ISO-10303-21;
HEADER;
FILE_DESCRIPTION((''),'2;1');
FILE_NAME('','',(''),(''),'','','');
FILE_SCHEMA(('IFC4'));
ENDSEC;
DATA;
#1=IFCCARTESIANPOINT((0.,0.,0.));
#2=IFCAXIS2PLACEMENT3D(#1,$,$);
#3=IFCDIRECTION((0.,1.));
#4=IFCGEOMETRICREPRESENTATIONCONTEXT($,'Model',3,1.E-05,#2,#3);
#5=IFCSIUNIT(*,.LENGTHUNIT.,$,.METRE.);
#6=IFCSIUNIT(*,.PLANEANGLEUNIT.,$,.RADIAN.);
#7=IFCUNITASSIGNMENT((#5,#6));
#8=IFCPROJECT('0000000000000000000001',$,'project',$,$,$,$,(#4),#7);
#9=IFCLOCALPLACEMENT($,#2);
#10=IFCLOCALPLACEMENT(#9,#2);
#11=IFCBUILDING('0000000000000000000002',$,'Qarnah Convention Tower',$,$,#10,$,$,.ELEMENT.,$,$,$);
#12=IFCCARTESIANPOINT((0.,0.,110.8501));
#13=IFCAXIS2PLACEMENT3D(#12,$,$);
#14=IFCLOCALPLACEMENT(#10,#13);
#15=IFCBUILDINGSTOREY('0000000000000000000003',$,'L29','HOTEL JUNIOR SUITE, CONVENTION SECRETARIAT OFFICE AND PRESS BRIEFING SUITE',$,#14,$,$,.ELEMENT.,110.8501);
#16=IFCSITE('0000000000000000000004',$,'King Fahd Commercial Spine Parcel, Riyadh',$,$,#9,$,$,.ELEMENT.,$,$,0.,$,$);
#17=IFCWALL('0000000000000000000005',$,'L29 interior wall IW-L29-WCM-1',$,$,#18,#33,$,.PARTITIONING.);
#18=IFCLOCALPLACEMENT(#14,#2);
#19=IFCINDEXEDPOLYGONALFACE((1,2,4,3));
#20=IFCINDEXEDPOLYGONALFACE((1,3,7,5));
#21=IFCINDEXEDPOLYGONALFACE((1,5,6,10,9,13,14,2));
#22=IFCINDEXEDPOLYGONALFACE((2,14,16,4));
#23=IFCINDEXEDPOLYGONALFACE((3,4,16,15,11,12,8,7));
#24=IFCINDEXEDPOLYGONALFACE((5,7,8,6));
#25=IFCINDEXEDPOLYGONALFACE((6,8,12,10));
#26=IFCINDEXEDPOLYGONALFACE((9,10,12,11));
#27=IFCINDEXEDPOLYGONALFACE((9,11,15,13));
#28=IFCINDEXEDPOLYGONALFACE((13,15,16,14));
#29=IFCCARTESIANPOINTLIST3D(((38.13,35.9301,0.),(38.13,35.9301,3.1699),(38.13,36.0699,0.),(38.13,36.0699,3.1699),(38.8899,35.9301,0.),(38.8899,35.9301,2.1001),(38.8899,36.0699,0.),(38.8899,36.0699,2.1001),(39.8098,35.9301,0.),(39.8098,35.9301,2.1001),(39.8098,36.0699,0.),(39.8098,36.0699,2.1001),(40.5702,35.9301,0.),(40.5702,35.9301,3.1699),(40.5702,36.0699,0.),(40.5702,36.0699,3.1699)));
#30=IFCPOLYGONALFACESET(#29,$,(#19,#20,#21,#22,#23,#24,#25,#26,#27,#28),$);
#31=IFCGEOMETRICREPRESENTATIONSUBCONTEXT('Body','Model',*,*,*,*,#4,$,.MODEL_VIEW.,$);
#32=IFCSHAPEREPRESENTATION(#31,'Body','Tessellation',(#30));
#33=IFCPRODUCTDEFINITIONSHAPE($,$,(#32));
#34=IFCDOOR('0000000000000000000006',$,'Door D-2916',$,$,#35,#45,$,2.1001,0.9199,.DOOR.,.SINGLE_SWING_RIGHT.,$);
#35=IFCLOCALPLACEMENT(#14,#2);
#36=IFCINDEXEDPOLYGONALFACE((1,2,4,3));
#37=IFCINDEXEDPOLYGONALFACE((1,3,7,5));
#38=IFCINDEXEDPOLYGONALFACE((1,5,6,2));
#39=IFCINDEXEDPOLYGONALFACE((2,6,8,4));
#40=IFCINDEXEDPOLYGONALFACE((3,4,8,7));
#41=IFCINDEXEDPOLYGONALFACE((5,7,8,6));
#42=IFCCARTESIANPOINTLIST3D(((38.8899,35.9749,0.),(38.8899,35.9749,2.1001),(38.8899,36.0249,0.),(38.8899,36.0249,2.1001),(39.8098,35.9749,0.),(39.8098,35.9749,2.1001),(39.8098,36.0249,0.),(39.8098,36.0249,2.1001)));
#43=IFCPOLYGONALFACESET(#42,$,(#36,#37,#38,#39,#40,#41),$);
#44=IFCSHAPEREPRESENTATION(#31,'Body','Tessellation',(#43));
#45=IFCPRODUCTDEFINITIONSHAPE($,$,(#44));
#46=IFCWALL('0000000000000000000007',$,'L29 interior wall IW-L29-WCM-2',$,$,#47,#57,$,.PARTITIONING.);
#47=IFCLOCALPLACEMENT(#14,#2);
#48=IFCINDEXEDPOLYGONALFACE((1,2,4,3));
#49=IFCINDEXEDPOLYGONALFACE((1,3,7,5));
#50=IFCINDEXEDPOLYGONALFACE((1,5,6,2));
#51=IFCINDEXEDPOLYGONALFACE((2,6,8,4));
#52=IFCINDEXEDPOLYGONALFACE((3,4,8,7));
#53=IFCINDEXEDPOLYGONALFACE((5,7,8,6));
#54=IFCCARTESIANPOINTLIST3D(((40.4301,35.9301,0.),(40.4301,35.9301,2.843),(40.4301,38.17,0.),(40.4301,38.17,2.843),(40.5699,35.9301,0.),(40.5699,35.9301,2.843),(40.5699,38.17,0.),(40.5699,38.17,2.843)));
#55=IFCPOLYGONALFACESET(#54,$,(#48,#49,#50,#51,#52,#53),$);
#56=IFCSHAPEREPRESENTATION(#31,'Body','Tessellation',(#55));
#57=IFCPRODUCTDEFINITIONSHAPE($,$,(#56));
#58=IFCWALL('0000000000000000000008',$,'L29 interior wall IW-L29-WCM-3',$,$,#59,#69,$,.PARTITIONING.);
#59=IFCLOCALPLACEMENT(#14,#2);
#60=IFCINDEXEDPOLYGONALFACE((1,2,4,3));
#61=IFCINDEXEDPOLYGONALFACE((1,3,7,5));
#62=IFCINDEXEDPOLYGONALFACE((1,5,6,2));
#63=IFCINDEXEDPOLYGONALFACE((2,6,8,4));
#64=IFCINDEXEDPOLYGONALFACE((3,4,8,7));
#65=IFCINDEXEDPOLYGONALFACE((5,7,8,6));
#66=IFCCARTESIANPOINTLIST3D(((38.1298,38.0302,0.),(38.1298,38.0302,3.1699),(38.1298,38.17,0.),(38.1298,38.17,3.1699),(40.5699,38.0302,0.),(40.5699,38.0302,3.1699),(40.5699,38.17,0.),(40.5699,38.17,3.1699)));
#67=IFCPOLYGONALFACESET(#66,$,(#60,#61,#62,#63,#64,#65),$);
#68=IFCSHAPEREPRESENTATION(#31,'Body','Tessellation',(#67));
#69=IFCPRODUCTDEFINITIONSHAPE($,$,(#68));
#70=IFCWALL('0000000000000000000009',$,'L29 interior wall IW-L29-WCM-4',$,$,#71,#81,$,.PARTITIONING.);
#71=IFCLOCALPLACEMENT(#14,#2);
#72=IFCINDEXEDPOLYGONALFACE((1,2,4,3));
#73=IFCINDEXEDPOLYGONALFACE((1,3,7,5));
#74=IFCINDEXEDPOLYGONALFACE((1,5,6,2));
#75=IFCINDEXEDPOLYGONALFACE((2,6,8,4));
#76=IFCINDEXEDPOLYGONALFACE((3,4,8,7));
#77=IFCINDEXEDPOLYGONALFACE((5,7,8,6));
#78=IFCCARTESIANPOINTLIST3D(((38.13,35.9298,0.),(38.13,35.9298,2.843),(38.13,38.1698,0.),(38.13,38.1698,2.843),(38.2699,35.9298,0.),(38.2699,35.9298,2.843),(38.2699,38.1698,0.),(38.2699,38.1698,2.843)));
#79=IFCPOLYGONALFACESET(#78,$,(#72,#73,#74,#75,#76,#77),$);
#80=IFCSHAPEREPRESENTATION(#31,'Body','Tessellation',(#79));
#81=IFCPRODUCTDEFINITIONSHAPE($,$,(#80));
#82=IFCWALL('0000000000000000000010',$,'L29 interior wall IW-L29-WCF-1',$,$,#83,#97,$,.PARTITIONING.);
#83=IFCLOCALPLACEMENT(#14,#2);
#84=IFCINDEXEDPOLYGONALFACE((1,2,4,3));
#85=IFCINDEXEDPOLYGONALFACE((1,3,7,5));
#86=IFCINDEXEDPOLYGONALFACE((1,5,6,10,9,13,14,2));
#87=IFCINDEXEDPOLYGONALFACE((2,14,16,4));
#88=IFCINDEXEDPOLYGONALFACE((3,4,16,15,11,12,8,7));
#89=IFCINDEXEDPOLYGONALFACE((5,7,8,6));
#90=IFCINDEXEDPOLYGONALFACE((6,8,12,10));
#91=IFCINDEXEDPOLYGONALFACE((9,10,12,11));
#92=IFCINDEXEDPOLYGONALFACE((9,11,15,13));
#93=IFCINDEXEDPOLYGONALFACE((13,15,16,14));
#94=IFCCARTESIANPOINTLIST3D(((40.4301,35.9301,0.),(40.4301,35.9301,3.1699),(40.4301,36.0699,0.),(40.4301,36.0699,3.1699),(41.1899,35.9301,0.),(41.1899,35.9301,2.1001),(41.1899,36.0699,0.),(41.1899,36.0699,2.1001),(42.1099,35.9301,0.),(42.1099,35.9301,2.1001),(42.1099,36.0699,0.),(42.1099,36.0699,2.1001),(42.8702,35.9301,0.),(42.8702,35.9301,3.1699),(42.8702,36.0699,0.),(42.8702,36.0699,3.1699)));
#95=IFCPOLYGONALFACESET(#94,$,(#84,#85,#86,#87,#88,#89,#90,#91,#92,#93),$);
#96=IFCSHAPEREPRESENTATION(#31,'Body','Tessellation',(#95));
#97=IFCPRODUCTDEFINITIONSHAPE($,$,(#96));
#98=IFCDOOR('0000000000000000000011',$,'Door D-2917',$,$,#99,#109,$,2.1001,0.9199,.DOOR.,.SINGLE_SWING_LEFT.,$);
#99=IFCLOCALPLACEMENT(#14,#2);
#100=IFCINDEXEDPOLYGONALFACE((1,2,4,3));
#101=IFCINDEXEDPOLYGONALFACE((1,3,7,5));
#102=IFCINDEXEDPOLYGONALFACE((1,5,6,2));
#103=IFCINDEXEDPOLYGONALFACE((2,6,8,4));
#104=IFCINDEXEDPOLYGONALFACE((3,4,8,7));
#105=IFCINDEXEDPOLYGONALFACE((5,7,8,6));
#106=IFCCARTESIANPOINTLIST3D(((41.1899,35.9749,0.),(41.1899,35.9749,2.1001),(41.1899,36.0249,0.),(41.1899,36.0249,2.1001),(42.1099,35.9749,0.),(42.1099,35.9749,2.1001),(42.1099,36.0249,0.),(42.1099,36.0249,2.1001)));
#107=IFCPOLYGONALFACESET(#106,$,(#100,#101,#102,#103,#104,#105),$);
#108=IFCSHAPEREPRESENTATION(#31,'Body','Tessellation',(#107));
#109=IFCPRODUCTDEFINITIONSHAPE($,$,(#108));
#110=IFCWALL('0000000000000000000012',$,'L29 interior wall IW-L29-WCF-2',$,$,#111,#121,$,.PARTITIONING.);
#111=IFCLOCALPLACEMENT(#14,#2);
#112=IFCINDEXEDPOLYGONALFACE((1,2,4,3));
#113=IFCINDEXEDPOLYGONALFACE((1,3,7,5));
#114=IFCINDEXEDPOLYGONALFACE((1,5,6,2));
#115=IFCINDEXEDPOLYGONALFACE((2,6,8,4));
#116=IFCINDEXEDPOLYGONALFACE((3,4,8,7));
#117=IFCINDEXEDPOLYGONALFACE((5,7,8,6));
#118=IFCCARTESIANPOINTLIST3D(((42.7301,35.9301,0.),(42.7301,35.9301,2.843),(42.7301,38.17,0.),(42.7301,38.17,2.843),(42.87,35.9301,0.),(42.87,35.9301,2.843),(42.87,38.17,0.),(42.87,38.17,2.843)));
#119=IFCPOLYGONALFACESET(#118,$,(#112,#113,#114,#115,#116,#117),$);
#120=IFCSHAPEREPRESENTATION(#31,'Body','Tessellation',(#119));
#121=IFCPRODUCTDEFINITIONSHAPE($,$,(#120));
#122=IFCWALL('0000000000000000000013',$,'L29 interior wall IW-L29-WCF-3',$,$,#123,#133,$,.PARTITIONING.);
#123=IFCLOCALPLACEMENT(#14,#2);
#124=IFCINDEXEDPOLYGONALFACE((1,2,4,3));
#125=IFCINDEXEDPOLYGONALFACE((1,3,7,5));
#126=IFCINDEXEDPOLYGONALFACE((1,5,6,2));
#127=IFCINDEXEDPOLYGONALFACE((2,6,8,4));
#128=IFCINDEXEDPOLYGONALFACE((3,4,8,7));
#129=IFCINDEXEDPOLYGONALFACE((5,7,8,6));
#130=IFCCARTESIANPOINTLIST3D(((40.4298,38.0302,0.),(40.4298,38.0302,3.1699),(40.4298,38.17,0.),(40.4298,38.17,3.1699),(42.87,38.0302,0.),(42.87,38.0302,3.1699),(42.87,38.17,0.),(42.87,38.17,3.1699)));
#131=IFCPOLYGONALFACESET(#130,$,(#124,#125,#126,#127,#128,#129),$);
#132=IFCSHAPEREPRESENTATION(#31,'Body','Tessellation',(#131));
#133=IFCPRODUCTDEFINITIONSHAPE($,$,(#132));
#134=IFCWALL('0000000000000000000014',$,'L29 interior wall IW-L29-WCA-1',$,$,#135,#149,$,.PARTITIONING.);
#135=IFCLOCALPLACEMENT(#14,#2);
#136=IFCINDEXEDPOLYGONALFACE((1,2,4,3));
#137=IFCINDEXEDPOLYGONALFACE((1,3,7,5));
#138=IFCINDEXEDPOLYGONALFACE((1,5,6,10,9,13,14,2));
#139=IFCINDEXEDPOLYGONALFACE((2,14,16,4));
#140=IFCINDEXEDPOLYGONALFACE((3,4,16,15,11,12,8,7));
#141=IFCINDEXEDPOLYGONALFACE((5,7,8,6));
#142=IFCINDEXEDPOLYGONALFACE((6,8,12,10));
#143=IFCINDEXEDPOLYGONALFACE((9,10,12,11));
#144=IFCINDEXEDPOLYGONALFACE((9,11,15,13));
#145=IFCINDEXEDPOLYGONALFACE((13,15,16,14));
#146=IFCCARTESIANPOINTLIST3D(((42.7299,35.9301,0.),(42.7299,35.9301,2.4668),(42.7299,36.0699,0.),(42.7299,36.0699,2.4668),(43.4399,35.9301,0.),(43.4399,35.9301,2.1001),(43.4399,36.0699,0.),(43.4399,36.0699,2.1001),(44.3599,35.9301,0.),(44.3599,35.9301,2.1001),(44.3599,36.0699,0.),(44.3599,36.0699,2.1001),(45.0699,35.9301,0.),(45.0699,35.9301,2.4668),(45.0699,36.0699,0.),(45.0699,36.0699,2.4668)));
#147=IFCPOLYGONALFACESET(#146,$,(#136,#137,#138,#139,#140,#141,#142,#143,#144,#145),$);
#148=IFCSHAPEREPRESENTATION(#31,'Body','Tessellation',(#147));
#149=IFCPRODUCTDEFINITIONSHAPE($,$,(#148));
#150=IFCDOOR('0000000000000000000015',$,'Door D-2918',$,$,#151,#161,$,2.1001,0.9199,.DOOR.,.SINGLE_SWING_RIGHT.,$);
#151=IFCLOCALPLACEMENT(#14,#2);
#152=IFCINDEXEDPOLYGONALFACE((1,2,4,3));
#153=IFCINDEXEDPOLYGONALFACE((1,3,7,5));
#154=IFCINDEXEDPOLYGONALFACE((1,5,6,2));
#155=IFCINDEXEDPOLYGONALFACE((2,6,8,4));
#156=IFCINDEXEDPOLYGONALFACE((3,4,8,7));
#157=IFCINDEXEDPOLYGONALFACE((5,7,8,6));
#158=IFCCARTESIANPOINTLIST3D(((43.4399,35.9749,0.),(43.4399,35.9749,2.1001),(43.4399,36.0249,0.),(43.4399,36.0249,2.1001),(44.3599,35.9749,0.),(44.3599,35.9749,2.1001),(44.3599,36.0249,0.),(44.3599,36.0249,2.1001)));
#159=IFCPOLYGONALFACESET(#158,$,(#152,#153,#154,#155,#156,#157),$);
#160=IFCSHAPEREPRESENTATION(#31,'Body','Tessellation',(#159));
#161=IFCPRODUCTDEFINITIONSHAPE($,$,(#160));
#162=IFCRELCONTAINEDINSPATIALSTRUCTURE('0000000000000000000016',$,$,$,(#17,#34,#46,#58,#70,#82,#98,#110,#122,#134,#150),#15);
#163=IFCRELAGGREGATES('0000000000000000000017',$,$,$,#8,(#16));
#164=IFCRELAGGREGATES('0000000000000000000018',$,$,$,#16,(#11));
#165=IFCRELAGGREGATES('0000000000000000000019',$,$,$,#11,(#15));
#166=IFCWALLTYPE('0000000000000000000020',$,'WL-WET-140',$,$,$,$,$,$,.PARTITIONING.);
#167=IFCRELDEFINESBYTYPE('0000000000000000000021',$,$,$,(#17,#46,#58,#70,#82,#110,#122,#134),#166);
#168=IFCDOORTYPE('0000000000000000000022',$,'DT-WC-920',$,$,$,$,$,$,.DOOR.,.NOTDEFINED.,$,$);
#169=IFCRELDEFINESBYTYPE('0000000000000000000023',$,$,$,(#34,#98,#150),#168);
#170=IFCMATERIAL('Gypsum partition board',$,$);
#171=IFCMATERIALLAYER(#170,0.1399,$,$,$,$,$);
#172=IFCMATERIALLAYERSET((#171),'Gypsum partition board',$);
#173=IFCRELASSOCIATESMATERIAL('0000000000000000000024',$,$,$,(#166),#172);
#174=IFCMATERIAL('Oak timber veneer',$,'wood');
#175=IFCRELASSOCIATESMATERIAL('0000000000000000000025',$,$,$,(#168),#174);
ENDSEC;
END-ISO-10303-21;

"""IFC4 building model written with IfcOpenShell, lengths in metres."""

from ifc_helpers import new_model, si_unit, direction, frame, frame_2d, origin, place, context, subcontext, project, spatial, rectangle, extrude, material, layer, layer_set, type_object, element, fill, save


model = new_model("IFC4")

# Units and contexts
model_context = context("Model", 3, precision=1e-05, world=origin(), true_north=direction((0.0, 1.0)))
body_context = subcontext(model_context, "Body", "Model", "MODEL_VIEW")
ifc_project = project(units=[si_unit("LENGTHUNIT", "METRE"), si_unit("PLANEANGLEUNIT", "RADIAN")], contexts=[model_context])

# Site, building, storey
site_placement = place(None, origin())
site = spatial("IfcSite", under=ifc_project, at=site_placement, Name="King Fahd Commercial Spine Parcel, Riyadh", CompositionType="ELEMENT", RefElevation=0.0)
building_placement = place(site_placement, origin())
building = spatial("IfcBuilding", under=site, at=building_placement, Name="Qarnah Convention Tower", CompositionType="ELEMENT")
storey_placement = place(building_placement, frame((0.0, 0.0, 110.8501)))
storey = spatial("IfcBuildingStorey", under=building, at=storey_placement, Name="L29", Description="HOTEL JUNIOR SUITE, CONVENTION SECRETARIAT OFFICE AND PRESS BRIEFING SUITE", CompositionType="ELEMENT", Elevation=110.8501)

# Wall, opening, door
ifc_material_1 = material(Name="Gypsum partition board")
ifc_layer_1 = layer(ifc_material_1, 0.1399)
ifc_layer_set_1 = layer_set([ifc_layer_1], Name="Gypsum partition board")
wall_type_1 = type_object("IfcWallType", Name="WL-WET-140", PredefinedType="PARTITIONING", material=ifc_layer_set_1)
wall_1_placement = place(storey_placement, frame((38.1299, 36.0, 0.0), z_axis=(0.0, 0.0, 1.0), x_axis=(1.0, 0.0, 0.0)))
wall_1 = element("IfcWall", 1, at=wall_1_placement, inside=storey, type_object=wall_type_1, Name="L29 interior wall IW-L29-WCM-1", PredefinedType="PARTITIONING", context=body_context, shape_type="SweptSolid", body=[
    extrude(rectangle(XDim=2.4402, YDim=0.1399, at=frame_2d((1.2202, 0.0))), origin(), (0.0, 0.0, 1.0), 3.1699),
])
opening_1_placement = place(wall_1_placement, frame((0.76, 0.0, 0.0)))
opening_1 = element("IfcOpeningElement", 2, at=opening_1_placement, cuts=wall_1, PredefinedType="OPENING", context=body_context, shape_type="SweptSolid", body=[
    extrude(rectangle(XDim=0.9199, YDim=2.1001, at=frame_2d((0.46, 1.05))), frame((0.0, 0.0798, 0.0), z_axis=(0.0, -1.0, 0.0), x_axis=(1.0, 0.0, 0.0)), (0.0, 0.0, 1.0), 0.1599),
])
ifc_material_2 = material(Name="Oak timber veneer", Category="wood")
door_type_1 = type_object("IfcDoorType", Name="DT-WC-920", OperationType="NOTDEFINED", PredefinedType="DOOR", material=ifc_material_2)
door_1_placement = place(opening_1_placement, origin())
door_1 = element("IfcDoor", 3, at=door_1_placement, inside=storey, type_object=door_type_1, Name="Door D-2916", OperationType="SINGLE_SWING_RIGHT", OverallHeight=2.1001, OverallWidth=0.9199, PredefinedType="DOOR", context=body_context, shape_type="SweptSolid", body=[
    extrude(rectangle(XDim=0.9199, YDim=2.1001, at=frame_2d((0.46, 1.05))), frame((0.0, 0.0249, 0.0), z_axis=(0.0, -1.0, 0.0), x_axis=(1.0, 0.0, 0.0)), (0.0, 0.0, 1.0), 0.05),
])
fill(opening_1, door_1)

# Walls
wall_2_placement = place(storey_placement, frame((40.5, 35.9299, 0.0), z_axis=(0.0, 0.0, 1.0), x_axis=(0.0, 1.0, 0.0)))
element("IfcWall", 4, at=wall_2_placement, inside=storey, type_object=wall_type_1, Name="L29 interior wall IW-L29-WCM-2", PredefinedType="PARTITIONING", context=body_context, shape_type="SweptSolid", body=[
    extrude(rectangle(XDim=2.24, YDim=0.1399, at=frame_2d((1.1201, 0.0))), origin(), (0.0, 0.0, 1.0), 2.843),
])
wall_3_placement = place(storey_placement, frame((40.5701, 38.1001, 0.0), z_axis=(0.0, 0.0, 1.0), x_axis=(-1.0, 0.0, 0.0)))
element("IfcWall", 5, at=wall_3_placement, inside=storey, type_object=wall_type_1, Name="L29 interior wall IW-L29-WCM-3", PredefinedType="PARTITIONING", context=body_context, shape_type="SweptSolid", body=[
    extrude(rectangle(XDim=2.4402, YDim=0.1399, at=frame_2d((1.2202, 0.0))), origin(), (0.0, 0.0, 1.0), 3.1699),
])
wall_4_placement = place(storey_placement, frame((38.2, 38.1699, 0.0), z_axis=(0.0, 0.0, 1.0), x_axis=(0.0, -1.0, 0.0)))
element("IfcWall", 6, at=wall_4_placement, inside=storey, type_object=wall_type_1, Name="L29 interior wall IW-L29-WCM-4", PredefinedType="PARTITIONING", context=body_context, shape_type="SweptSolid", body=[
    extrude(rectangle(XDim=2.24, YDim=0.1399, at=frame_2d((1.1201, 0.0))), origin(), (0.0, 0.0, 1.0), 2.843),
])

# Wall, opening, door
wall_5_placement = place(storey_placement, frame((40.4299, 36.0, 0.0), z_axis=(0.0, 0.0, 1.0), x_axis=(1.0, 0.0, 0.0)))
wall_5 = element("IfcWall", 7, at=wall_5_placement, inside=storey, type_object=wall_type_1, Name="L29 interior wall IW-L29-WCF-1", PredefinedType="PARTITIONING", context=body_context, shape_type="SweptSolid", body=[
    extrude(rectangle(XDim=2.4402, YDim=0.1399, at=frame_2d((1.2202, 0.0))), origin(), (0.0, 0.0, 1.0), 3.1699),
])
opening_2_placement = place(wall_5_placement, frame((0.76, 0.0, 0.0)))
opening_2 = element("IfcOpeningElement", 8, at=opening_2_placement, cuts=wall_5, PredefinedType="OPENING", context=body_context, shape_type="SweptSolid", body=[
    extrude(rectangle(XDim=0.9199, YDim=2.1001, at=frame_2d((0.46, 1.05))), frame((0.0, 0.0798, 0.0), z_axis=(0.0, -1.0, 0.0), x_axis=(1.0, 0.0, 0.0)), (0.0, 0.0, 1.0), 0.1599),
])
door_2_placement = place(opening_2_placement, origin())
door_2 = element("IfcDoor", 9, at=door_2_placement, inside=storey, type_object=door_type_1, Name="Door D-2917", OperationType="SINGLE_SWING_LEFT", OverallHeight=2.1001, OverallWidth=0.9199, PredefinedType="DOOR", context=body_context, shape_type="SweptSolid", body=[
    extrude(rectangle(XDim=0.9199, YDim=2.1001, at=frame_2d((0.46, 1.05))), frame((0.0, 0.0249, 0.0), z_axis=(0.0, -1.0, 0.0), x_axis=(1.0, 0.0, 0.0)), (0.0, 0.0, 1.0), 0.05),
])
fill(opening_2, door_2)

# Walls
wall_6_placement = place(storey_placement, frame((42.8, 35.9299, 0.0), z_axis=(0.0, 0.0, 1.0), x_axis=(0.0, 1.0, 0.0)))
element("IfcWall", 10, at=wall_6_placement, inside=storey, type_object=wall_type_1, Name="L29 interior wall IW-L29-WCF-2", PredefinedType="PARTITIONING", context=body_context, shape_type="SweptSolid", body=[
    extrude(rectangle(XDim=2.24, YDim=0.1399, at=frame_2d((1.1201, 0.0))), origin(), (0.0, 0.0, 1.0), 2.843),
])
wall_7_placement = place(storey_placement, frame((42.8701, 38.1001, 0.0), z_axis=(0.0, 0.0, 1.0), x_axis=(-1.0, 0.0, 0.0)))
element("IfcWall", 11, at=wall_7_placement, inside=storey, type_object=wall_type_1, Name="L29 interior wall IW-L29-WCF-3", PredefinedType="PARTITIONING", context=body_context, shape_type="SweptSolid", body=[
    extrude(rectangle(XDim=2.4402, YDim=0.1399, at=frame_2d((1.2202, 0.0))), origin(), (0.0, 0.0, 1.0), 3.1699),
])

# Wall, opening, door
wall_8_placement = place(storey_placement, frame((42.73, 36.0, 0.0), z_axis=(0.0, 0.0, 1.0), x_axis=(1.0, 0.0, 0.0)))
wall_8 = element("IfcWall", 12, at=wall_8_placement, inside=storey, type_object=wall_type_1, Name="L29 interior wall IW-L29-WCA-1", PredefinedType="PARTITIONING", context=body_context, shape_type="SweptSolid", body=[
    extrude(rectangle(XDim=2.3401, YDim=0.1399, at=frame_2d((1.1699, 0.0))), origin(), (0.0, 0.0, 1.0), 2.4668),
])
opening_3_placement = place(wall_8_placement, frame((0.71, 0.0, 0.0)))
opening_3 = element("IfcOpeningElement", 13, at=opening_3_placement, cuts=wall_8, PredefinedType="OPENING", context=body_context, shape_type="SweptSolid", body=[
    extrude(rectangle(XDim=0.9199, YDim=2.1001, at=frame_2d((0.46, 1.05))), frame((0.0, 0.0798, 0.0), z_axis=(0.0, -1.0, 0.0), x_axis=(1.0, 0.0, 0.0)), (0.0, 0.0, 1.0), 0.1599),
])
door_3_placement = place(opening_3_placement, origin())
door_3 = element("IfcDoor", 14, at=door_3_placement, inside=storey, type_object=door_type_1, Name="Door D-2918", OperationType="SINGLE_SWING_RIGHT", OverallHeight=2.1001, OverallWidth=0.9199, PredefinedType="DOOR", context=body_context, shape_type="SweptSolid", body=[
    extrude(rectangle(XDim=0.9199, YDim=2.1001, at=frame_2d((0.46, 1.05))), frame((0.0, 0.0249, 0.0), z_axis=(0.0, -1.0, 0.0), x_axis=(1.0, 0.0, 0.0)), (0.0, 0.0, 1.0), 0.05),
])
fill(opening_3, door_3)

save(model, "model.ifc")
